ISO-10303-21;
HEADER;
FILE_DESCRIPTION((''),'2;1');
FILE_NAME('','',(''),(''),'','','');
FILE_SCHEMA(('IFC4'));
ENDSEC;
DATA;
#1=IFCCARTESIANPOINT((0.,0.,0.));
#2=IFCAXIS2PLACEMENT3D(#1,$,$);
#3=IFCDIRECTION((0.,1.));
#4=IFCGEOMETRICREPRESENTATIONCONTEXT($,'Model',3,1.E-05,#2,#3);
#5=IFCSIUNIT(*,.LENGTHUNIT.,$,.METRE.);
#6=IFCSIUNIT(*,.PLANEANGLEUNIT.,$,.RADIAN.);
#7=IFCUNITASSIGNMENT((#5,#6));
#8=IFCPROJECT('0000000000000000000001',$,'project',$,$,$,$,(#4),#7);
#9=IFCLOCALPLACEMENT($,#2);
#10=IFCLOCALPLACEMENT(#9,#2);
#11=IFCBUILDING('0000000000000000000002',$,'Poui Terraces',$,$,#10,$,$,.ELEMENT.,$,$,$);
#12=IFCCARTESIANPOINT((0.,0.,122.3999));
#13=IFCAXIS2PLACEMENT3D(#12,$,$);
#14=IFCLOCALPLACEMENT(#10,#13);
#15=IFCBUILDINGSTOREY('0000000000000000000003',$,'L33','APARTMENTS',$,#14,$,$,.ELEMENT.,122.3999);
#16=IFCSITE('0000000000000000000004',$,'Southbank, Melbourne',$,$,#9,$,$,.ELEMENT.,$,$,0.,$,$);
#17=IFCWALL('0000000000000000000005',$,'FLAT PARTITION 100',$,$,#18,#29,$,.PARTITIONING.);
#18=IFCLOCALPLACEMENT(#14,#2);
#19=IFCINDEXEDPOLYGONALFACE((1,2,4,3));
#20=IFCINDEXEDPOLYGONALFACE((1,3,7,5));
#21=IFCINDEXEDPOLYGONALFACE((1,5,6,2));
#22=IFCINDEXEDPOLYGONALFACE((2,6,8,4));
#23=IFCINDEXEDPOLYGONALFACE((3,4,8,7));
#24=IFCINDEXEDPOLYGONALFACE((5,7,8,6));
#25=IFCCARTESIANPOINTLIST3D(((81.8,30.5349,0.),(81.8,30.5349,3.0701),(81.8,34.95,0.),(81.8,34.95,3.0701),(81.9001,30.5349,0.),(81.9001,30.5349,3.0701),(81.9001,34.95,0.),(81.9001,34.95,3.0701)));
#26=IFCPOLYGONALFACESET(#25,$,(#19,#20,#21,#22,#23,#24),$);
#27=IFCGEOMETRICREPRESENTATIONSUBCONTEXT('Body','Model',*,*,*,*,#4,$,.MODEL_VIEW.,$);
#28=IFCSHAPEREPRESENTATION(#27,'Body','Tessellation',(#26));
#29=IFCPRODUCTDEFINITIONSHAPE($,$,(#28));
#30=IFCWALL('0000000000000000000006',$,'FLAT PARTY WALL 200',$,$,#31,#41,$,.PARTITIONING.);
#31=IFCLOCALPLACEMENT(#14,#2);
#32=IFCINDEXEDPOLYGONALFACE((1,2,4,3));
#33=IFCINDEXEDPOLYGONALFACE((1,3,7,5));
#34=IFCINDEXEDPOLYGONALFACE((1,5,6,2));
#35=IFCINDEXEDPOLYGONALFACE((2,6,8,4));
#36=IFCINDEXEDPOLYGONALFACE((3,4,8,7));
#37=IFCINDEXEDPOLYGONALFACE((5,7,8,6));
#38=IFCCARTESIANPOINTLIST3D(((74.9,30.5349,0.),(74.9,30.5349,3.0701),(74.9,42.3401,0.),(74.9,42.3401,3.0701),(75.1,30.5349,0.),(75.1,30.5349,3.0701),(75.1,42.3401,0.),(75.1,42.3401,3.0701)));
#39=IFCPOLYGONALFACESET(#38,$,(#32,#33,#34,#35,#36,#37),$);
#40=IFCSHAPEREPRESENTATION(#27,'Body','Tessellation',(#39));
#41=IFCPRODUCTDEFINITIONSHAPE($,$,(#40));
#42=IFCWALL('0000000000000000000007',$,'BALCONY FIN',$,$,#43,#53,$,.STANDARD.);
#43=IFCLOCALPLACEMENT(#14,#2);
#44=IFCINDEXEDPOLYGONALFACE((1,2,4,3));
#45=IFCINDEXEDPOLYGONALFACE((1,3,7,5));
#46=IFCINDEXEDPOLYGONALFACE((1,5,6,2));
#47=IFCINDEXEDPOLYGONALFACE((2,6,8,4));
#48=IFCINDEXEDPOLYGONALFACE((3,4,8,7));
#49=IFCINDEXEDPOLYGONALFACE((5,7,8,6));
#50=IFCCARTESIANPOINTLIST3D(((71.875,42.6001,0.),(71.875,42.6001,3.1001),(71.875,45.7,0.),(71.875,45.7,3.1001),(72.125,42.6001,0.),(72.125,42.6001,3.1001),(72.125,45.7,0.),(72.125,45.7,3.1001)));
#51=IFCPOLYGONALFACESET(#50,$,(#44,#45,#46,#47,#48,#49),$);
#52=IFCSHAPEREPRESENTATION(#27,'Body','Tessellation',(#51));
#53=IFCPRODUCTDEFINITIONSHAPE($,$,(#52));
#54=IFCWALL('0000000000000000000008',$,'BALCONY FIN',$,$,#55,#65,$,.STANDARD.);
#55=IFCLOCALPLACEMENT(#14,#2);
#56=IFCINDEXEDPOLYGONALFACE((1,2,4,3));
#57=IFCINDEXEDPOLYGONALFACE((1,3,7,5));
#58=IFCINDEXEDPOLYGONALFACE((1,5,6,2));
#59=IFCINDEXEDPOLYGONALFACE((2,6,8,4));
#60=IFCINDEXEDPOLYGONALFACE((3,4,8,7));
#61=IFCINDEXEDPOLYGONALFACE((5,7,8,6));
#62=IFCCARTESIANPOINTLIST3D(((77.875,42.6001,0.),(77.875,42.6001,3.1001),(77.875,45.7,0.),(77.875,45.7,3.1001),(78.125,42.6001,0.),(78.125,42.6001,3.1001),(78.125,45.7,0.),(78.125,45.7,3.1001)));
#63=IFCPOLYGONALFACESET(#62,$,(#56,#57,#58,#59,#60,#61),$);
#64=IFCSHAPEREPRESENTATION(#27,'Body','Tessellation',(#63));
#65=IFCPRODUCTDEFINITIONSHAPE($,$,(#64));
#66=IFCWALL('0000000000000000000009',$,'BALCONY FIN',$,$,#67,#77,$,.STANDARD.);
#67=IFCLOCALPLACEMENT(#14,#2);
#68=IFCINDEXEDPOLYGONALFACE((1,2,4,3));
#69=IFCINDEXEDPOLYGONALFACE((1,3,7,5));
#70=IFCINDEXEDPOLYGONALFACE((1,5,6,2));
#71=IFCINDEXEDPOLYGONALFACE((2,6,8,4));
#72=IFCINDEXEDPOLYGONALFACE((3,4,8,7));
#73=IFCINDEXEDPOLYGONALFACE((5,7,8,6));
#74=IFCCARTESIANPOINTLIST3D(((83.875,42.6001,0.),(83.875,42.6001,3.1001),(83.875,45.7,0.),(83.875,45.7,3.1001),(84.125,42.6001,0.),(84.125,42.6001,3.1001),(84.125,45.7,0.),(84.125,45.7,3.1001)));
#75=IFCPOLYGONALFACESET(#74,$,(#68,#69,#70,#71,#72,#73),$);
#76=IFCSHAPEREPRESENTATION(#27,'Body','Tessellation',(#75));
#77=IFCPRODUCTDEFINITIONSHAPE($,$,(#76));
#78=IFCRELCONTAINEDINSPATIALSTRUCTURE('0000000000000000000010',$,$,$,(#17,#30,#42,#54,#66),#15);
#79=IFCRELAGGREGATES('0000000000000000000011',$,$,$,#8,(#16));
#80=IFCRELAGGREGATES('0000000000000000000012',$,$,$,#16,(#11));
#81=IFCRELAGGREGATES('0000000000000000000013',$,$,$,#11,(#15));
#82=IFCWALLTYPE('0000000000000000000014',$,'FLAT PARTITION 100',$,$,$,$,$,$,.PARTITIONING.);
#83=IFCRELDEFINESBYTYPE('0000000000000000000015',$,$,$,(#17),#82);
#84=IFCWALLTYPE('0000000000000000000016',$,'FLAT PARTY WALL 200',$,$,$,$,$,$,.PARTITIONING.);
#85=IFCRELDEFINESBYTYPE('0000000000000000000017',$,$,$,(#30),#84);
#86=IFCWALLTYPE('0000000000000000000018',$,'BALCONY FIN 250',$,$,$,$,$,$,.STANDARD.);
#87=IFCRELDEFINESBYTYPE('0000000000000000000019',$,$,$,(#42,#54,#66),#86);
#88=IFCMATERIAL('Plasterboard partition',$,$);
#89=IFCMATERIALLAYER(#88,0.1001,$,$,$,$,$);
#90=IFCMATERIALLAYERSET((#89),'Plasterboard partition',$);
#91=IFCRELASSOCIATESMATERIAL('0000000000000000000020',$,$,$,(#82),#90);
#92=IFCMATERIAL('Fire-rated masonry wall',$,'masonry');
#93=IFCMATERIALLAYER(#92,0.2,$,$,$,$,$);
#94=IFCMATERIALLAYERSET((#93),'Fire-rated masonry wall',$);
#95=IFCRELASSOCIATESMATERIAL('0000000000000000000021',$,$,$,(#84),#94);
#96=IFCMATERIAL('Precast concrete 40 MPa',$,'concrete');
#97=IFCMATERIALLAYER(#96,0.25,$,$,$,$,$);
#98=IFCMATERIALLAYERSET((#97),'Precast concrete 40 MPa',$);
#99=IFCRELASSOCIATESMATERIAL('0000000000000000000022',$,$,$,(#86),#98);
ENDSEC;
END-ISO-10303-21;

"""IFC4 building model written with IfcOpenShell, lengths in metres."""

from ifc_helpers import new_model, si_unit, direction, frame, frame_2d, origin, place, context, subcontext, project, spatial, polyline, rectangle, outline, extrude, source, transform, mapped, material, layer, layer_set, type_object, element, save


model = new_model("IFC4")

# Units and contexts
model_context = context("Model", 3, precision=1e-05, world=origin(), true_north=direction((0.0, 1.0)))
body_context = subcontext(model_context, "Body", "Model", "MODEL_VIEW")
ifc_project = project(units=[si_unit("LENGTHUNIT", "METRE"), si_unit("PLANEANGLEUNIT", "RADIAN")], contexts=[model_context])

# Site, building, storey
site_placement = place(None, origin())
site = spatial("IfcSite", under=ifc_project, at=site_placement, Name="Southbank, Melbourne", CompositionType="ELEMENT", RefElevation=0.0)
building_placement = place(site_placement, origin())
building = spatial("IfcBuilding", under=site, at=building_placement, Name="Poui Terraces", CompositionType="ELEMENT")
storey_placement = place(building_placement, frame((0.0, 0.0, 122.3999)))
storey = spatial("IfcBuildingStorey", under=building, at=storey_placement, Name="L33", Description="APARTMENTS", CompositionType="ELEMENT", Elevation=122.3999)

# Shared definitions
ifc_material_1 = material(Name="Plasterboard partition")
ifc_layer_1 = layer(ifc_material_1, 0.1001)
ifc_layer_set_1 = layer_set([ifc_layer_1], Name="Plasterboard partition")
wall_type_1 = type_object("IfcWallType", Name="FLAT PARTITION 100", PredefinedType="PARTITIONING", material=ifc_layer_set_1)

# Walls
wall_1_placement = place(storey_placement, frame((81.8501, 30.5349, 0.0), z_axis=(0.0, 0.0, 1.0), x_axis=(0.0, 1.0, 0.0)))
element("IfcWall", 1, at=wall_1_placement, inside=storey, type_object=wall_type_1, Name="FLAT PARTITION 100", PredefinedType="PARTITIONING", context=body_context, shape_type="SweptSolid", body=[
    extrude(rectangle(XDim=4.415, YDim=0.1001, at=frame_2d((2.2075, 0.0))), origin(), (0.0, 0.0, 1.0), 3.0701),
])
ifc_material_2 = material(Name="Fire-rated masonry wall", Category="masonry")
ifc_layer_2 = layer(ifc_material_2, 0.2)
ifc_layer_set_2 = layer_set([ifc_layer_2], Name="Fire-rated masonry wall")
wall_type_2 = type_object("IfcWallType", Name="FLAT PARTY WALL 200", PredefinedType="PARTITIONING", material=ifc_layer_set_2)
wall_2_placement = place(storey_placement, frame((75.0, 30.5349, 0.0), z_axis=(0.0, 0.0, 1.0), x_axis=(0.0, 1.0, 0.0)))
element("IfcWall", 2, at=wall_2_placement, inside=storey, type_object=wall_type_2, Name="FLAT PARTY WALL 200", PredefinedType="PARTITIONING", context=body_context, shape_type="SweptSolid", body=[
    extrude(rectangle(XDim=11.8052, YDim=0.2, at=frame_2d((5.9026, 0.0))), origin(), (0.0, 0.0, 1.0), 3.0701),
])
ifc_material_3 = material(Name="Precast concrete 40 MPa", Category="concrete")
ifc_layer_3 = layer(ifc_material_3, 0.25)
ifc_layer_set_3 = layer_set([ifc_layer_3], Name="Precast concrete 40 MPa")
wall_type_3 = type_object("IfcWallType", Name="BALCONY FIN 250", PredefinedType="STANDARD", material=ifc_layer_set_3)
shared_shape_1 = source(origin(), body_context, "Body", "SweptSolid", [
    extrude(outline(polyline([(0.0, 0.0), (0.25, 0.0), (0.25, 3.0999), (0.0, 3.0999), (0.0, 0.0)])), origin(), (0.0, 0.0, 1.0), 3.1001),
])
for number, where, name in (
    (3, (71.875, 42.6001, 0.0), "BALCONY FIN"),
    (4, (77.875, 42.6001, 0.0), "BALCONY FIN"),
    (5, (83.875, 42.6001, 0.0), "BALCONY FIN"),
):
    element("IfcWall", number, at=place(storey_placement, frame(where)), inside=storey, type_object=wall_type_3, Name=name, PredefinedType="STANDARD", context=body_context, shape_type="MappedRepresentation", body=[
        mapped(shared_shape_1, transform((0.0, 0.0, 0.0))),
    ])

save(model, "model.ifc")
